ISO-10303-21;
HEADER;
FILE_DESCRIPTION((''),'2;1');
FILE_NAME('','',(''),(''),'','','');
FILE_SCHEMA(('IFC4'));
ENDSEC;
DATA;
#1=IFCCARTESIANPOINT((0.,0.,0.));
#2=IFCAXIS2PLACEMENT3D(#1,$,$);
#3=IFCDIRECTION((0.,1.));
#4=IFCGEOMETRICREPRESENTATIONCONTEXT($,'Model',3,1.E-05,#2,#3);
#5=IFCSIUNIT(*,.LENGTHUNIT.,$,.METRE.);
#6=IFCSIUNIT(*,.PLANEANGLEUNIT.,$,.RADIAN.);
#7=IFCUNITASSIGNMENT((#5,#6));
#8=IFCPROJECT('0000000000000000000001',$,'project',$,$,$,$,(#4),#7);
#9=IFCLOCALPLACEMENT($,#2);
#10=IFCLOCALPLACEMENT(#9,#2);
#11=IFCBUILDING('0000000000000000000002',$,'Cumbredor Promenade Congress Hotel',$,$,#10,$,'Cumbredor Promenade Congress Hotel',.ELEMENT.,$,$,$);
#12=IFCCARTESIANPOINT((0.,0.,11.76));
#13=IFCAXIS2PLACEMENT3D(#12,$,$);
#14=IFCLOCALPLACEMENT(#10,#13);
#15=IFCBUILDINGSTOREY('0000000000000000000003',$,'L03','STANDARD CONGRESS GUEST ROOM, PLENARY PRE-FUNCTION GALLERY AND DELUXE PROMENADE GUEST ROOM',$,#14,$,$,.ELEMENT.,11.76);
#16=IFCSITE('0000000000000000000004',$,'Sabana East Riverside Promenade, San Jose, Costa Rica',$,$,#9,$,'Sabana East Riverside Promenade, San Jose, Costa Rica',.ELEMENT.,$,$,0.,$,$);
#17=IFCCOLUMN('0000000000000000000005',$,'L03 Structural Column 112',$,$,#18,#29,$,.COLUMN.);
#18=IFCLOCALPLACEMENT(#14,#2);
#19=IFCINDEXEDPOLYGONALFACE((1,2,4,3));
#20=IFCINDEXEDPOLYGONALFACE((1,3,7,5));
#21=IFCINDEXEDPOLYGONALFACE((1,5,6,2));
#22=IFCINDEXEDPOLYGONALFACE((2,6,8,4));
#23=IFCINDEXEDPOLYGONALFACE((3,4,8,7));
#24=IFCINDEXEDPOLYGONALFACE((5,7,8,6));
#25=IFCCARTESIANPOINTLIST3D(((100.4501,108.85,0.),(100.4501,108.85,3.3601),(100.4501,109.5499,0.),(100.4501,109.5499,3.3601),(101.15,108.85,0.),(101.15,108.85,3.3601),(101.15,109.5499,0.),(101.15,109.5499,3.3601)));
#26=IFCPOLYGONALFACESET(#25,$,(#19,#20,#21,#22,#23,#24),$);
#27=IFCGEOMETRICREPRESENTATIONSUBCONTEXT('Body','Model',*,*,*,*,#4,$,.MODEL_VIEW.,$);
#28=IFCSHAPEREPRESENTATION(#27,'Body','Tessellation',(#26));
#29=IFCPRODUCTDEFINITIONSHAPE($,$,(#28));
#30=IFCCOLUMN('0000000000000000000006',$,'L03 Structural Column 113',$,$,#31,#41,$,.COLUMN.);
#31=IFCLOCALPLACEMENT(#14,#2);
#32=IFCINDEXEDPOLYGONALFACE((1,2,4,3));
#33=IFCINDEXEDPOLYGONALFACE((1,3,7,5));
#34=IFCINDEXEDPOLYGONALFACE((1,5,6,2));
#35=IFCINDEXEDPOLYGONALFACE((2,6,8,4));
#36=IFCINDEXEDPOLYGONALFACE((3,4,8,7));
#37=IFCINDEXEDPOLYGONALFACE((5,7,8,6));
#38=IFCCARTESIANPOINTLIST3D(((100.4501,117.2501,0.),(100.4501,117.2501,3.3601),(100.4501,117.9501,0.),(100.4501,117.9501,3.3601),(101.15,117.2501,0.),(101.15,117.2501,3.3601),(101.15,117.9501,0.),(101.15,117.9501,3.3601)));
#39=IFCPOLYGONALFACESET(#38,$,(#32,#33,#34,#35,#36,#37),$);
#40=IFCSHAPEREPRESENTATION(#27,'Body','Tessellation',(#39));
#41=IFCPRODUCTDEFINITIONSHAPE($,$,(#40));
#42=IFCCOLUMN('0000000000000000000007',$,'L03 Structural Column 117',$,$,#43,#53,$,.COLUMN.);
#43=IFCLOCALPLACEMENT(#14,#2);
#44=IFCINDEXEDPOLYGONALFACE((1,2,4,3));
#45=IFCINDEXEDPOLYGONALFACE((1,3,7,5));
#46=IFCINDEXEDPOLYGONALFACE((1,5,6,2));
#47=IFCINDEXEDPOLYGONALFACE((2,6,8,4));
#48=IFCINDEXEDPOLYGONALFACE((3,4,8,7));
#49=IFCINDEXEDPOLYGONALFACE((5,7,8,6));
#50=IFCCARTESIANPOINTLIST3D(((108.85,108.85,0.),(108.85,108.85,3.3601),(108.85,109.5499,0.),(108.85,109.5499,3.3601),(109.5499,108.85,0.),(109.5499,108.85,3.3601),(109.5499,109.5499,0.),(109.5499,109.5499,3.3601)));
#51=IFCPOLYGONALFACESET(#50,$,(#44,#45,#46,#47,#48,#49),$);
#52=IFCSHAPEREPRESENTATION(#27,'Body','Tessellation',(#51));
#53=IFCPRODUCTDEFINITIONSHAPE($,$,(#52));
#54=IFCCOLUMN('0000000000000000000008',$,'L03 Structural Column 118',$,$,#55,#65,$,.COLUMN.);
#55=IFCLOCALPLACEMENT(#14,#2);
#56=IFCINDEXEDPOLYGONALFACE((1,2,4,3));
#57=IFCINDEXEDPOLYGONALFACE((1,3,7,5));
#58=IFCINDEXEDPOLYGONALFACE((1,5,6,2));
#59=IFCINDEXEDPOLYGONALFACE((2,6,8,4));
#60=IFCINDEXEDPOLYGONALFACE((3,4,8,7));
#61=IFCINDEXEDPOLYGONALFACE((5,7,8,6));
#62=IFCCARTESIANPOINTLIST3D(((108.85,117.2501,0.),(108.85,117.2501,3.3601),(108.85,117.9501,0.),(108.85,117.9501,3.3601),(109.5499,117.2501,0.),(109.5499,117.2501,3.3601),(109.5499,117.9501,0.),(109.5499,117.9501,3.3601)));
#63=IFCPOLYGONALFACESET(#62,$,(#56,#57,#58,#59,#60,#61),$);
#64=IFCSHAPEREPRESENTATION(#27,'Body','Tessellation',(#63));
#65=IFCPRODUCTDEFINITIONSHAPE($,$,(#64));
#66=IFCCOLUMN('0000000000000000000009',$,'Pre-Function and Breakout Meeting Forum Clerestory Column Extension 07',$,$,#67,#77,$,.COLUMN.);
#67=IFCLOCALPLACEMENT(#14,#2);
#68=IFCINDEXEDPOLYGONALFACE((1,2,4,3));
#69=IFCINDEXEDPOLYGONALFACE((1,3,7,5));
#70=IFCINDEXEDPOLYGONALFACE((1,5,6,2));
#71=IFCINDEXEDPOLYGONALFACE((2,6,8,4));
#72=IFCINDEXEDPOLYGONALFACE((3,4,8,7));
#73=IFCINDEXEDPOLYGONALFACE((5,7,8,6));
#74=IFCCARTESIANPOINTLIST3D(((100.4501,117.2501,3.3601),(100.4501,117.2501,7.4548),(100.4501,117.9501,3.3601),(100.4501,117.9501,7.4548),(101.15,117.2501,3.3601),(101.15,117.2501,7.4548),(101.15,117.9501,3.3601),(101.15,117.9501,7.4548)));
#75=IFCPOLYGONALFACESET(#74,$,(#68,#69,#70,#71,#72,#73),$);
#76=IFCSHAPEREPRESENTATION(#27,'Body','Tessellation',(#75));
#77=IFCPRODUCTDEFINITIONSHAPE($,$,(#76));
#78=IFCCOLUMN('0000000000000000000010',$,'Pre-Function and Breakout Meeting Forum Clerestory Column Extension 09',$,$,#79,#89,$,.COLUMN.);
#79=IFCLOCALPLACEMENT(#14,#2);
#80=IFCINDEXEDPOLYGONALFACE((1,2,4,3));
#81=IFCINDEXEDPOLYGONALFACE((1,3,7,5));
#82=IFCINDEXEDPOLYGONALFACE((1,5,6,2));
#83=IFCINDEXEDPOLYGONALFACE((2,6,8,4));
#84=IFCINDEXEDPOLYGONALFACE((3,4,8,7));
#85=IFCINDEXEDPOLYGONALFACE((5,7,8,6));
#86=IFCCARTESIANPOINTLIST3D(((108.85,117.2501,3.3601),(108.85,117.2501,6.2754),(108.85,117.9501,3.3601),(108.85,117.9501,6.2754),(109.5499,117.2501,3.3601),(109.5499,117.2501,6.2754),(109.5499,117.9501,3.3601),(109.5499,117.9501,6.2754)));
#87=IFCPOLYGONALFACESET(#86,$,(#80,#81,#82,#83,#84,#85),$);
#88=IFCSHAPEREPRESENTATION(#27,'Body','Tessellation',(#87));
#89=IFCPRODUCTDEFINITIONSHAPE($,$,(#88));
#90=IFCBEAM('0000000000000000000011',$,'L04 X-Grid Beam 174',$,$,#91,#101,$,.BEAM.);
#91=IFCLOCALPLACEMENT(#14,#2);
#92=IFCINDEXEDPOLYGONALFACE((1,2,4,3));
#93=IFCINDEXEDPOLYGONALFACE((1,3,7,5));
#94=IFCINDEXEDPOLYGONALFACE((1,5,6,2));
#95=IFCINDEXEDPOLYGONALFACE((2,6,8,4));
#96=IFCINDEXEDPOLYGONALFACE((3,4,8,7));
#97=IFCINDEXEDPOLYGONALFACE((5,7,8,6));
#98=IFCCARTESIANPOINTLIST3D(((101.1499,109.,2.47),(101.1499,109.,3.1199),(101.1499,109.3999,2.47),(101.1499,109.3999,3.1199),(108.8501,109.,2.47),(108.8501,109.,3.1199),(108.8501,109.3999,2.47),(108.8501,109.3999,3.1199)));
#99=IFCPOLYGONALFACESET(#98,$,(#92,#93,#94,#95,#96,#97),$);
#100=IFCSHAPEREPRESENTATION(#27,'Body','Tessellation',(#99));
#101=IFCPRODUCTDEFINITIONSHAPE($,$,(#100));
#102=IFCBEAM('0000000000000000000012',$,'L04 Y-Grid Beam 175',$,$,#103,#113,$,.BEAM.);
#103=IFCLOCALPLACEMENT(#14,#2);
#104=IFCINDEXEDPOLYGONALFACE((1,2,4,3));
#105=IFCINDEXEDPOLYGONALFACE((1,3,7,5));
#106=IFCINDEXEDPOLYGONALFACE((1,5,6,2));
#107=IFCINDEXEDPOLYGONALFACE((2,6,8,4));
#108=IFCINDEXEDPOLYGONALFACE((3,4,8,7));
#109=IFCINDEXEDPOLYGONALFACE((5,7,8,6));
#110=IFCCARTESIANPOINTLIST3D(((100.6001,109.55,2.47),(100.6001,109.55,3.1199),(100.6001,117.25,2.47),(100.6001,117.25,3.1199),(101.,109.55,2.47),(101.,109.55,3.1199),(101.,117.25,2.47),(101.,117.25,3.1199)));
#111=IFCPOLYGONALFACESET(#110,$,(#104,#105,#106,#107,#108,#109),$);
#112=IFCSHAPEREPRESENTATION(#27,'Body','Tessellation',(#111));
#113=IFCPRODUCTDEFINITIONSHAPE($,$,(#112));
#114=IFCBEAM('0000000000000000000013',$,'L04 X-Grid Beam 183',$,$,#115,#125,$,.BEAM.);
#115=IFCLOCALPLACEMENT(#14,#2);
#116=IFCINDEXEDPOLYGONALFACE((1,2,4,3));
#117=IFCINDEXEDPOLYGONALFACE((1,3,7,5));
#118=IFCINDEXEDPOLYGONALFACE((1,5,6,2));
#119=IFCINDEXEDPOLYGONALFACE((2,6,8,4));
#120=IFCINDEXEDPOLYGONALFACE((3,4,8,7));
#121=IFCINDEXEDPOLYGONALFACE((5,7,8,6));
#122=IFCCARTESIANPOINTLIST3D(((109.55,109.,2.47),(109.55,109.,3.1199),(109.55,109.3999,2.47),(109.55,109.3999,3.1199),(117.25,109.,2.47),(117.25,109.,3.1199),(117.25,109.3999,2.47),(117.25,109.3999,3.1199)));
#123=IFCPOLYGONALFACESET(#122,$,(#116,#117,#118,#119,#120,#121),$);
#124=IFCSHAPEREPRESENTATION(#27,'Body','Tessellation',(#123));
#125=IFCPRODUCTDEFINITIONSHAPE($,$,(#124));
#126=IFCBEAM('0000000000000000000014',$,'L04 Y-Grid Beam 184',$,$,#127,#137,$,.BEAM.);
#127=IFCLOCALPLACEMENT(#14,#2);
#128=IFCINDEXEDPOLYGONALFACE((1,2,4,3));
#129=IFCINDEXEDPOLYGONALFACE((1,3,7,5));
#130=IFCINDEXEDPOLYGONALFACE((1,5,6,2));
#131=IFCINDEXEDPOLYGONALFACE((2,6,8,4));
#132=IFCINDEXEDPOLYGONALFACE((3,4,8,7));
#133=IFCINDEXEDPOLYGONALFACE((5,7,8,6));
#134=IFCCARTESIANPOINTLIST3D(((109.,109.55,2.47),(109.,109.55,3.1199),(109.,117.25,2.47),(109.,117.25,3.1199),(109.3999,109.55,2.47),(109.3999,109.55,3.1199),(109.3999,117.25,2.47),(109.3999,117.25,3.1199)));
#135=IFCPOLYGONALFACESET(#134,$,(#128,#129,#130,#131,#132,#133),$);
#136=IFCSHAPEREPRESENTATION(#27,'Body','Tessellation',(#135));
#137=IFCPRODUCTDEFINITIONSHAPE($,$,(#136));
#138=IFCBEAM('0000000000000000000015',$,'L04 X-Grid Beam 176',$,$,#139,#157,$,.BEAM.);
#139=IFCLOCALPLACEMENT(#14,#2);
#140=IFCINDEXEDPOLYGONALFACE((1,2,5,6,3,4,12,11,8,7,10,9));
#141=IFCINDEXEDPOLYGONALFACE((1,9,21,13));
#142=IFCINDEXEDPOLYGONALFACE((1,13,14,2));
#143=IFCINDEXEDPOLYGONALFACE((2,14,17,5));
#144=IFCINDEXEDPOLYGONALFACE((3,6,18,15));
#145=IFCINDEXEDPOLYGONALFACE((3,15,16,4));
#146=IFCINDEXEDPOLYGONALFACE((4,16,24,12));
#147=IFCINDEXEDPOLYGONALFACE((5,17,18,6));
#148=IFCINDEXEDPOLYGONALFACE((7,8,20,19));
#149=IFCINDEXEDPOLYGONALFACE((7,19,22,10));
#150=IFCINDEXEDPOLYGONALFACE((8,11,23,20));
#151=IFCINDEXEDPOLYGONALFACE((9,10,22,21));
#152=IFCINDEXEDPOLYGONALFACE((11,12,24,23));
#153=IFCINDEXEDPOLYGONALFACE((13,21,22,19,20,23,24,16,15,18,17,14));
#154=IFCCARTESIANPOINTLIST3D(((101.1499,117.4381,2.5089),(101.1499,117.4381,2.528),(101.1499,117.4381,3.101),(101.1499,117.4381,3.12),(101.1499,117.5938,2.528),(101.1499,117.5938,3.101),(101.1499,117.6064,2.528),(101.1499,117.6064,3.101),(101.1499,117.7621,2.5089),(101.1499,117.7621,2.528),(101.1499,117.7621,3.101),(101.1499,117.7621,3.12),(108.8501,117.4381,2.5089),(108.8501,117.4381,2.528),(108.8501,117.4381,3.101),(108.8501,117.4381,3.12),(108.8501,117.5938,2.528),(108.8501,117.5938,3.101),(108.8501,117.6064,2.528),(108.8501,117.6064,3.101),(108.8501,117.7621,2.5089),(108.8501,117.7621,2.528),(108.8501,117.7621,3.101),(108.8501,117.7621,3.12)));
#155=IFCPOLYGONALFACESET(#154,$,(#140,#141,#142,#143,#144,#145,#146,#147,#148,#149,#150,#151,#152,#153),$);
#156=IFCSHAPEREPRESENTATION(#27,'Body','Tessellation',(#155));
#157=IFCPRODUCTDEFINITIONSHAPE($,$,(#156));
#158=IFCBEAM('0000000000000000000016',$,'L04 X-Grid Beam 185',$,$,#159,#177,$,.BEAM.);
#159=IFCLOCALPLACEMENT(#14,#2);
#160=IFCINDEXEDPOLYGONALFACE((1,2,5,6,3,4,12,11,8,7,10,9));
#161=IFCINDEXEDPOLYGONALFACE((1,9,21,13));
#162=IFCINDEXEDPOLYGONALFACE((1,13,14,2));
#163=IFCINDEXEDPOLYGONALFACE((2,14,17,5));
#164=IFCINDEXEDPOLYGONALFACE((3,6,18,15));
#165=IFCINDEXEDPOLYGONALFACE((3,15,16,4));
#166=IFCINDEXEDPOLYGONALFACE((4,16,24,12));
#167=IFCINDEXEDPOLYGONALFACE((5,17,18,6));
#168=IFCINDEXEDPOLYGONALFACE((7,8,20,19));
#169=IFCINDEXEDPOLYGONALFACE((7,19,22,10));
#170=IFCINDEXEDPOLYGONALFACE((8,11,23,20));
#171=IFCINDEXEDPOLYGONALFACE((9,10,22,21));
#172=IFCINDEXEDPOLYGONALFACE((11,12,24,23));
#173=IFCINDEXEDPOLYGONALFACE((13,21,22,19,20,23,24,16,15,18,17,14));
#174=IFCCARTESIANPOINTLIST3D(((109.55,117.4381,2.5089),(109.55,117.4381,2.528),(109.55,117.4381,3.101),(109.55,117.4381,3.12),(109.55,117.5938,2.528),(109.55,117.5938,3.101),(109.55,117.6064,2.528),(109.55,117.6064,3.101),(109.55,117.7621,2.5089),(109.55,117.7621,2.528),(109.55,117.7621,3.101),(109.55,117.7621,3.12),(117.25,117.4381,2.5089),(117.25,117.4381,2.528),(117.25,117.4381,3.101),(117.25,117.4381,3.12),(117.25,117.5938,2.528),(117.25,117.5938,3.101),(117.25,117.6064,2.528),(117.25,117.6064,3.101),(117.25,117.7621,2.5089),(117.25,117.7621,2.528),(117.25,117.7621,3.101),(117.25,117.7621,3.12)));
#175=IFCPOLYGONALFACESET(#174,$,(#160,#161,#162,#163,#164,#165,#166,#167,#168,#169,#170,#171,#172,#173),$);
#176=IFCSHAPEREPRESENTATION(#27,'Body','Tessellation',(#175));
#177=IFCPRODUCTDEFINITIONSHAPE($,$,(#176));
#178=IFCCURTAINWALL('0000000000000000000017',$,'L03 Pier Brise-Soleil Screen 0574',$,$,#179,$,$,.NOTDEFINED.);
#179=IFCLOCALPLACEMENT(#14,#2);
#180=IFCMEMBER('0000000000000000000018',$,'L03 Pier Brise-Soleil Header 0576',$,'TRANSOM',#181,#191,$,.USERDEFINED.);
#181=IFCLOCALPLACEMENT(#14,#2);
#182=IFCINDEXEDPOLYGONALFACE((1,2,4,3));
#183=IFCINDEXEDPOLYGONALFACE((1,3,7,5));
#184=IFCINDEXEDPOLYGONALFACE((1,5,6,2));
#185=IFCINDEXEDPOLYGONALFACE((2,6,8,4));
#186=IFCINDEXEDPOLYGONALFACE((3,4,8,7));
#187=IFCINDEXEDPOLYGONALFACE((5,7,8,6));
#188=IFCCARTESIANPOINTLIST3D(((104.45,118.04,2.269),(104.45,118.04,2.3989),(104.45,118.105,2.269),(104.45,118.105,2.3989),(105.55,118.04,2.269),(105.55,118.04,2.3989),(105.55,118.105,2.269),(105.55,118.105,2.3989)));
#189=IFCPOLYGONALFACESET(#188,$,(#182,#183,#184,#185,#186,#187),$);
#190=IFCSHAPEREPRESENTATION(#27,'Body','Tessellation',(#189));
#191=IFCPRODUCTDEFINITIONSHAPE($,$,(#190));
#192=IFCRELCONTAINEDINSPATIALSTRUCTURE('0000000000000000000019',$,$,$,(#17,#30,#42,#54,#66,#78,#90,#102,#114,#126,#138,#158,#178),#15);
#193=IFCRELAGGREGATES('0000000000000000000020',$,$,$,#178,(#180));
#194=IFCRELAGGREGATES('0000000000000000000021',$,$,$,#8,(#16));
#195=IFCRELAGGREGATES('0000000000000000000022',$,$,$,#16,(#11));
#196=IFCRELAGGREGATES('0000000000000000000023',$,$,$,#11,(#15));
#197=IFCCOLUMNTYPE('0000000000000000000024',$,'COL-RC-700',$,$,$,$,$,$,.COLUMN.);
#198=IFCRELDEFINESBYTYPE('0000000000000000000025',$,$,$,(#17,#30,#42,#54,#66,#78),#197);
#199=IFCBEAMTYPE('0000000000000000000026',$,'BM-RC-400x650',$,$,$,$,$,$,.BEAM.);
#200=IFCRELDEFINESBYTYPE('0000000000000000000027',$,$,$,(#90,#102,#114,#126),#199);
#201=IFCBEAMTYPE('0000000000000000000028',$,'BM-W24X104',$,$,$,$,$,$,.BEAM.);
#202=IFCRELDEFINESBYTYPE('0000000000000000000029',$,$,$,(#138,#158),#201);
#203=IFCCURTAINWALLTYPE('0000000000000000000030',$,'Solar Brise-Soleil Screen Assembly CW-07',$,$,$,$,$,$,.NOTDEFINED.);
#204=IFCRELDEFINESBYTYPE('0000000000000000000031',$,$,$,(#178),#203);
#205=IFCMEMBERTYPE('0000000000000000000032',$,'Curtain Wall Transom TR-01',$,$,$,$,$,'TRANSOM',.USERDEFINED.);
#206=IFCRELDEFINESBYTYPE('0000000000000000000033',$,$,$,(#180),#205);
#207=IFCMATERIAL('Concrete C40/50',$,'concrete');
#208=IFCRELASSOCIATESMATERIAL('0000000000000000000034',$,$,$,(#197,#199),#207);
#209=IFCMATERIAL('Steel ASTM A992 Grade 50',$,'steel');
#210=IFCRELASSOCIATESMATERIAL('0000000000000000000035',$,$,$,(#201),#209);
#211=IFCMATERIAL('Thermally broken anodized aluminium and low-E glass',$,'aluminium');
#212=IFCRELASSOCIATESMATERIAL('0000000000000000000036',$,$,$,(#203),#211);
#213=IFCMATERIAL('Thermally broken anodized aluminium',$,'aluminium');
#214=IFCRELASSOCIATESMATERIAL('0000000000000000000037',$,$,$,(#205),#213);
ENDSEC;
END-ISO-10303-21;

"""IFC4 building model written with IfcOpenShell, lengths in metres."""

from ifc_helpers import new_model, si_unit, direction, frame, origin, origin_2d, place, context, subcontext, project, spatial, rectangle, i_section, extrude, material, material_profile, profile_set, type_object, element, aggregate, save


model = new_model("IFC4")

# Units and contexts
model_context = context("Model", 3, precision=1e-05, world=origin(), true_north=direction((0.0, 1.0)))
body_context = subcontext(model_context, "Body", "Model", "MODEL_VIEW")
ifc_project = project(units=[si_unit("LENGTHUNIT", "METRE"), si_unit("PLANEANGLEUNIT", "RADIAN")], contexts=[model_context])

# Site, building, storey
site_placement = place(None, origin())
site = spatial("IfcSite", under=ifc_project, at=site_placement, Name="Sabana East Riverside Promenade, San Jose, Costa Rica", LongName="Sabana East Riverside Promenade, San Jose, Costa Rica", CompositionType="ELEMENT", RefElevation=0.0)
building_placement = place(site_placement, origin())
building = spatial("IfcBuilding", under=site, at=building_placement, Name="Cumbredor Promenade Congress Hotel", LongName="Cumbredor Promenade Congress Hotel", CompositionType="ELEMENT")
storey_placement = place(building_placement, frame((0.0, 0.0, 11.76)))
storey = spatial("IfcBuildingStorey", under=building, at=storey_placement, Name="L03", Description="STANDARD CONGRESS GUEST ROOM, PLENARY PRE-FUNCTION GALLERY AND DELUXE PROMENADE GUEST ROOM", CompositionType="ELEMENT", Elevation=11.76)

# Columns
ifc_material_1 = material(Name="Concrete C40/50", Category="concrete")
ifc_material_profile_1 = material_profile(ifc_material_1, rectangle(XDim=0.7, YDim=0.7, at=origin_2d()), Name="RC 700x700")
ifc_profile_set_1 = profile_set([ifc_material_profile_1], Name="Concrete C40/50")
column_type = type_object("IfcColumnType", Name="COL-RC-700", PredefinedType="COLUMN", material=ifc_profile_set_1)
for number, where, z_axis, x_axis, name in (
    (1, (100.8, 109.2, 0.0), (0.0, 0.0, 1.0), (1.0, 0.0, 0.0), "L03 Structural Column 112"),
    (2, (100.8, 117.6001, 0.0), (0.0, 0.0, 1.0), (1.0, 0.0, 0.0), "L03 Structural Column 113"),
    (3, (109.2, 109.2, 0.0), (0.0, 0.0, 1.0), (1.0, 0.0, 0.0), "L03 Structural Column 117"),
    (4, (109.2, 117.6001, 0.0), (0.0, 0.0, 1.0), (1.0, 0.0, 0.0), "L03 Structural Column 118"),
):
    element("IfcColumn", number, at=place(storey_placement, frame(where, z_axis=z_axis, x_axis=x_axis)), inside=storey, type_object=column_type, Name=name, PredefinedType="COLUMN", context=body_context, shape_type="SweptSolid", body=[
        extrude(rectangle(XDim=0.7, YDim=0.7, at=origin_2d()), origin(), (0.0, 0.0, 1.0), 3.3601),
    ])
column_1_placement = place(storey_placement, frame((100.8, 117.6001, 3.3601), z_axis=(0.0, 0.0, 1.0), x_axis=(1.0, 0.0, 0.0)))
element("IfcColumn", 5, at=column_1_placement, inside=storey, type_object=column_type, Name="Pre-Function and Breakout Meeting Forum Clerestory Column Extension 07", PredefinedType="COLUMN", context=body_context, shape_type="SweptSolid", body=[
    extrude(rectangle(XDim=0.7, YDim=0.7, at=origin_2d()), origin(), (0.0, 0.0, 1.0), 4.0947),
])
column_2_placement = place(storey_placement, frame((109.2, 117.6001, 3.3601), z_axis=(0.0, 0.0, 1.0), x_axis=(1.0, 0.0, 0.0)))
element("IfcColumn", 6, at=column_2_placement, inside=storey, type_object=column_type, Name="Pre-Function and Breakout Meeting Forum Clerestory Column Extension 09", PredefinedType="COLUMN", context=body_context, shape_type="SweptSolid", body=[
    extrude(rectangle(XDim=0.7, YDim=0.7, at=origin_2d()), origin(), (0.0, 0.0, 1.0), 2.9153),
])

# Beams
ifc_material_profile_2 = material_profile(ifc_material_1, rectangle(XDim=0.3999, YDim=0.6499, at=origin_2d()), Name="RC BEAM 400x650")
ifc_profile_set_2 = profile_set([ifc_material_profile_2], Name="Concrete C40/50")
beam_type_1 = type_object("IfcBeamType", Name="BM-RC-400x650", PredefinedType="BEAM", material=ifc_profile_set_2)
beam_1_placement = place(storey_placement, frame((101.1499, 109.2, 2.7949), z_axis=(1.0, 0.0, 0.0), x_axis=(0.0, 1.0, 0.0)))
element("IfcBeam", 7, at=beam_1_placement, inside=storey, type_object=beam_type_1, Name="L04 X-Grid Beam 174", PredefinedType="BEAM", context=body_context, shape_type="SweptSolid", body=[
    extrude(rectangle(XDim=0.3999, YDim=0.6499, at=origin_2d()), origin(), (0.0, 0.0, 1.0), 7.7002),
])
for number, where, z_axis, x_axis, name in (
    (8, (100.8, 109.55, 2.7949), (0.0, 1.0, 0.0), (-1.0, 0.0, 0.0), "L04 Y-Grid Beam 175"),
    (9, (109.55, 109.2, 2.7949), (1.0, 0.0, 0.0), (0.0, 1.0, 0.0), "L04 X-Grid Beam 183"),
    (10, (109.2, 109.55, 2.7949), (0.0, 1.0, 0.0), (-1.0, 0.0, 0.0), "L04 Y-Grid Beam 184"),
):
    element("IfcBeam", number, at=place(storey_placement, frame(where, z_axis=z_axis, x_axis=x_axis)), inside=storey, type_object=beam_type_1, Name=name, PredefinedType="BEAM", context=body_context, shape_type="SweptSolid", body=[
        extrude(rectangle(XDim=0.3999, YDim=0.6499, at=origin_2d()), origin(), (0.0, 0.0, 1.0), 7.7),
    ])
ifc_material_2 = material(Name="Steel ASTM A992 Grade 50", Category="steel")
ifc_material_profile_3 = material_profile(ifc_material_2, i_section(OverallWidth=0.324, OverallDepth=0.6111, WebThickness=0.0127, FlangeThickness=0.019, at=origin_2d()), Name="W24X104")
ifc_profile_set_3 = profile_set([ifc_material_profile_3], Name="Steel ASTM A992 Grade 50")
beam_type_2 = type_object("IfcBeamType", Name="BM-W24X104", PredefinedType="BEAM", material=ifc_profile_set_3)
beam_2_placement = place(storey_placement, frame((101.1499, 117.6001, 2.8145), z_axis=(1.0, 0.0, 0.0), x_axis=(0.0, 1.0, 0.0)))
element("IfcBeam", 11, at=beam_2_placement, inside=storey, type_object=beam_type_2, Name="L04 X-Grid Beam 176", PredefinedType="BEAM", context=body_context, shape_type="SweptSolid", body=[
    extrude(i_section(OverallWidth=0.324, OverallDepth=0.6111, WebThickness=0.0127, FlangeThickness=0.019, at=origin_2d()), origin(), (0.0, 0.0, 1.0), 7.7002),
])
beam_3_placement = place(storey_placement, frame((109.55, 117.6001, 2.8145), z_axis=(1.0, 0.0, 0.0), x_axis=(0.0, 1.0, 0.0)))
element("IfcBeam", 12, at=beam_3_placement, inside=storey, type_object=beam_type_2, Name="L04 X-Grid Beam 185", PredefinedType="BEAM", context=body_context, shape_type="SweptSolid", body=[
    extrude(i_section(OverallWidth=0.324, OverallDepth=0.6111, WebThickness=0.0127, FlangeThickness=0.019, at=origin_2d()), origin(), (0.0, 0.0, 1.0), 7.7),
])

# Curtain wall, member
ifc_material_3 = material(Name="Thermally broken anodized aluminium and low-E glass", Category="aluminium")
curtain_wall_type = type_object("IfcCurtainWallType", Name="Solar Brise-Soleil Screen Assembly CW-07", PredefinedType="NOTDEFINED", material=ifc_material_3)
curtain_wall_placement = place(storey_placement, origin())
curtain_wall = element("IfcCurtainWall", 13, at=curtain_wall_placement, inside=storey, type_object=curtain_wall_type, Name="L03 Pier Brise-Soleil Screen 0574", PredefinedType="NOTDEFINED")
ifc_material_4 = material(Name="Thermally broken anodized aluminium", Category="aluminium")
ifc_material_profile_4 = material_profile(ifc_material_4, rectangle(XDim=0.0649, YDim=0.1299, at=origin_2d()), Name="ALU TRANSOM 65x130")
ifc_profile_set_4 = profile_set([ifc_material_profile_4], Name="Thermally broken anodized aluminium")
member_type_1 = type_object("IfcMemberType", Name="Curtain Wall Transom TR-01", ElementType="TRANSOM", PredefinedType="USERDEFINED", material=ifc_profile_set_4)
member_1_placement = place(storey_placement, frame((104.45, 118.0725, 2.334), z_axis=(1.0, 0.0, 0.0), x_axis=(0.0, 1.0, 0.0)))
member_1 = element("IfcMember", 14, at=member_1_placement, type_object=member_type_1, Name="L03 Pier Brise-Soleil Header 0576", ObjectType="TRANSOM", PredefinedType="USERDEFINED", context=body_context, shape_type="SweptSolid", body=[
    extrude(rectangle(XDim=0.0649, YDim=0.1299, at=origin_2d()), origin(), (0.0, 0.0, 1.0), 1.1001),
])

aggregate(curtain_wall, [member_1])

save(model, "model.ifc")
